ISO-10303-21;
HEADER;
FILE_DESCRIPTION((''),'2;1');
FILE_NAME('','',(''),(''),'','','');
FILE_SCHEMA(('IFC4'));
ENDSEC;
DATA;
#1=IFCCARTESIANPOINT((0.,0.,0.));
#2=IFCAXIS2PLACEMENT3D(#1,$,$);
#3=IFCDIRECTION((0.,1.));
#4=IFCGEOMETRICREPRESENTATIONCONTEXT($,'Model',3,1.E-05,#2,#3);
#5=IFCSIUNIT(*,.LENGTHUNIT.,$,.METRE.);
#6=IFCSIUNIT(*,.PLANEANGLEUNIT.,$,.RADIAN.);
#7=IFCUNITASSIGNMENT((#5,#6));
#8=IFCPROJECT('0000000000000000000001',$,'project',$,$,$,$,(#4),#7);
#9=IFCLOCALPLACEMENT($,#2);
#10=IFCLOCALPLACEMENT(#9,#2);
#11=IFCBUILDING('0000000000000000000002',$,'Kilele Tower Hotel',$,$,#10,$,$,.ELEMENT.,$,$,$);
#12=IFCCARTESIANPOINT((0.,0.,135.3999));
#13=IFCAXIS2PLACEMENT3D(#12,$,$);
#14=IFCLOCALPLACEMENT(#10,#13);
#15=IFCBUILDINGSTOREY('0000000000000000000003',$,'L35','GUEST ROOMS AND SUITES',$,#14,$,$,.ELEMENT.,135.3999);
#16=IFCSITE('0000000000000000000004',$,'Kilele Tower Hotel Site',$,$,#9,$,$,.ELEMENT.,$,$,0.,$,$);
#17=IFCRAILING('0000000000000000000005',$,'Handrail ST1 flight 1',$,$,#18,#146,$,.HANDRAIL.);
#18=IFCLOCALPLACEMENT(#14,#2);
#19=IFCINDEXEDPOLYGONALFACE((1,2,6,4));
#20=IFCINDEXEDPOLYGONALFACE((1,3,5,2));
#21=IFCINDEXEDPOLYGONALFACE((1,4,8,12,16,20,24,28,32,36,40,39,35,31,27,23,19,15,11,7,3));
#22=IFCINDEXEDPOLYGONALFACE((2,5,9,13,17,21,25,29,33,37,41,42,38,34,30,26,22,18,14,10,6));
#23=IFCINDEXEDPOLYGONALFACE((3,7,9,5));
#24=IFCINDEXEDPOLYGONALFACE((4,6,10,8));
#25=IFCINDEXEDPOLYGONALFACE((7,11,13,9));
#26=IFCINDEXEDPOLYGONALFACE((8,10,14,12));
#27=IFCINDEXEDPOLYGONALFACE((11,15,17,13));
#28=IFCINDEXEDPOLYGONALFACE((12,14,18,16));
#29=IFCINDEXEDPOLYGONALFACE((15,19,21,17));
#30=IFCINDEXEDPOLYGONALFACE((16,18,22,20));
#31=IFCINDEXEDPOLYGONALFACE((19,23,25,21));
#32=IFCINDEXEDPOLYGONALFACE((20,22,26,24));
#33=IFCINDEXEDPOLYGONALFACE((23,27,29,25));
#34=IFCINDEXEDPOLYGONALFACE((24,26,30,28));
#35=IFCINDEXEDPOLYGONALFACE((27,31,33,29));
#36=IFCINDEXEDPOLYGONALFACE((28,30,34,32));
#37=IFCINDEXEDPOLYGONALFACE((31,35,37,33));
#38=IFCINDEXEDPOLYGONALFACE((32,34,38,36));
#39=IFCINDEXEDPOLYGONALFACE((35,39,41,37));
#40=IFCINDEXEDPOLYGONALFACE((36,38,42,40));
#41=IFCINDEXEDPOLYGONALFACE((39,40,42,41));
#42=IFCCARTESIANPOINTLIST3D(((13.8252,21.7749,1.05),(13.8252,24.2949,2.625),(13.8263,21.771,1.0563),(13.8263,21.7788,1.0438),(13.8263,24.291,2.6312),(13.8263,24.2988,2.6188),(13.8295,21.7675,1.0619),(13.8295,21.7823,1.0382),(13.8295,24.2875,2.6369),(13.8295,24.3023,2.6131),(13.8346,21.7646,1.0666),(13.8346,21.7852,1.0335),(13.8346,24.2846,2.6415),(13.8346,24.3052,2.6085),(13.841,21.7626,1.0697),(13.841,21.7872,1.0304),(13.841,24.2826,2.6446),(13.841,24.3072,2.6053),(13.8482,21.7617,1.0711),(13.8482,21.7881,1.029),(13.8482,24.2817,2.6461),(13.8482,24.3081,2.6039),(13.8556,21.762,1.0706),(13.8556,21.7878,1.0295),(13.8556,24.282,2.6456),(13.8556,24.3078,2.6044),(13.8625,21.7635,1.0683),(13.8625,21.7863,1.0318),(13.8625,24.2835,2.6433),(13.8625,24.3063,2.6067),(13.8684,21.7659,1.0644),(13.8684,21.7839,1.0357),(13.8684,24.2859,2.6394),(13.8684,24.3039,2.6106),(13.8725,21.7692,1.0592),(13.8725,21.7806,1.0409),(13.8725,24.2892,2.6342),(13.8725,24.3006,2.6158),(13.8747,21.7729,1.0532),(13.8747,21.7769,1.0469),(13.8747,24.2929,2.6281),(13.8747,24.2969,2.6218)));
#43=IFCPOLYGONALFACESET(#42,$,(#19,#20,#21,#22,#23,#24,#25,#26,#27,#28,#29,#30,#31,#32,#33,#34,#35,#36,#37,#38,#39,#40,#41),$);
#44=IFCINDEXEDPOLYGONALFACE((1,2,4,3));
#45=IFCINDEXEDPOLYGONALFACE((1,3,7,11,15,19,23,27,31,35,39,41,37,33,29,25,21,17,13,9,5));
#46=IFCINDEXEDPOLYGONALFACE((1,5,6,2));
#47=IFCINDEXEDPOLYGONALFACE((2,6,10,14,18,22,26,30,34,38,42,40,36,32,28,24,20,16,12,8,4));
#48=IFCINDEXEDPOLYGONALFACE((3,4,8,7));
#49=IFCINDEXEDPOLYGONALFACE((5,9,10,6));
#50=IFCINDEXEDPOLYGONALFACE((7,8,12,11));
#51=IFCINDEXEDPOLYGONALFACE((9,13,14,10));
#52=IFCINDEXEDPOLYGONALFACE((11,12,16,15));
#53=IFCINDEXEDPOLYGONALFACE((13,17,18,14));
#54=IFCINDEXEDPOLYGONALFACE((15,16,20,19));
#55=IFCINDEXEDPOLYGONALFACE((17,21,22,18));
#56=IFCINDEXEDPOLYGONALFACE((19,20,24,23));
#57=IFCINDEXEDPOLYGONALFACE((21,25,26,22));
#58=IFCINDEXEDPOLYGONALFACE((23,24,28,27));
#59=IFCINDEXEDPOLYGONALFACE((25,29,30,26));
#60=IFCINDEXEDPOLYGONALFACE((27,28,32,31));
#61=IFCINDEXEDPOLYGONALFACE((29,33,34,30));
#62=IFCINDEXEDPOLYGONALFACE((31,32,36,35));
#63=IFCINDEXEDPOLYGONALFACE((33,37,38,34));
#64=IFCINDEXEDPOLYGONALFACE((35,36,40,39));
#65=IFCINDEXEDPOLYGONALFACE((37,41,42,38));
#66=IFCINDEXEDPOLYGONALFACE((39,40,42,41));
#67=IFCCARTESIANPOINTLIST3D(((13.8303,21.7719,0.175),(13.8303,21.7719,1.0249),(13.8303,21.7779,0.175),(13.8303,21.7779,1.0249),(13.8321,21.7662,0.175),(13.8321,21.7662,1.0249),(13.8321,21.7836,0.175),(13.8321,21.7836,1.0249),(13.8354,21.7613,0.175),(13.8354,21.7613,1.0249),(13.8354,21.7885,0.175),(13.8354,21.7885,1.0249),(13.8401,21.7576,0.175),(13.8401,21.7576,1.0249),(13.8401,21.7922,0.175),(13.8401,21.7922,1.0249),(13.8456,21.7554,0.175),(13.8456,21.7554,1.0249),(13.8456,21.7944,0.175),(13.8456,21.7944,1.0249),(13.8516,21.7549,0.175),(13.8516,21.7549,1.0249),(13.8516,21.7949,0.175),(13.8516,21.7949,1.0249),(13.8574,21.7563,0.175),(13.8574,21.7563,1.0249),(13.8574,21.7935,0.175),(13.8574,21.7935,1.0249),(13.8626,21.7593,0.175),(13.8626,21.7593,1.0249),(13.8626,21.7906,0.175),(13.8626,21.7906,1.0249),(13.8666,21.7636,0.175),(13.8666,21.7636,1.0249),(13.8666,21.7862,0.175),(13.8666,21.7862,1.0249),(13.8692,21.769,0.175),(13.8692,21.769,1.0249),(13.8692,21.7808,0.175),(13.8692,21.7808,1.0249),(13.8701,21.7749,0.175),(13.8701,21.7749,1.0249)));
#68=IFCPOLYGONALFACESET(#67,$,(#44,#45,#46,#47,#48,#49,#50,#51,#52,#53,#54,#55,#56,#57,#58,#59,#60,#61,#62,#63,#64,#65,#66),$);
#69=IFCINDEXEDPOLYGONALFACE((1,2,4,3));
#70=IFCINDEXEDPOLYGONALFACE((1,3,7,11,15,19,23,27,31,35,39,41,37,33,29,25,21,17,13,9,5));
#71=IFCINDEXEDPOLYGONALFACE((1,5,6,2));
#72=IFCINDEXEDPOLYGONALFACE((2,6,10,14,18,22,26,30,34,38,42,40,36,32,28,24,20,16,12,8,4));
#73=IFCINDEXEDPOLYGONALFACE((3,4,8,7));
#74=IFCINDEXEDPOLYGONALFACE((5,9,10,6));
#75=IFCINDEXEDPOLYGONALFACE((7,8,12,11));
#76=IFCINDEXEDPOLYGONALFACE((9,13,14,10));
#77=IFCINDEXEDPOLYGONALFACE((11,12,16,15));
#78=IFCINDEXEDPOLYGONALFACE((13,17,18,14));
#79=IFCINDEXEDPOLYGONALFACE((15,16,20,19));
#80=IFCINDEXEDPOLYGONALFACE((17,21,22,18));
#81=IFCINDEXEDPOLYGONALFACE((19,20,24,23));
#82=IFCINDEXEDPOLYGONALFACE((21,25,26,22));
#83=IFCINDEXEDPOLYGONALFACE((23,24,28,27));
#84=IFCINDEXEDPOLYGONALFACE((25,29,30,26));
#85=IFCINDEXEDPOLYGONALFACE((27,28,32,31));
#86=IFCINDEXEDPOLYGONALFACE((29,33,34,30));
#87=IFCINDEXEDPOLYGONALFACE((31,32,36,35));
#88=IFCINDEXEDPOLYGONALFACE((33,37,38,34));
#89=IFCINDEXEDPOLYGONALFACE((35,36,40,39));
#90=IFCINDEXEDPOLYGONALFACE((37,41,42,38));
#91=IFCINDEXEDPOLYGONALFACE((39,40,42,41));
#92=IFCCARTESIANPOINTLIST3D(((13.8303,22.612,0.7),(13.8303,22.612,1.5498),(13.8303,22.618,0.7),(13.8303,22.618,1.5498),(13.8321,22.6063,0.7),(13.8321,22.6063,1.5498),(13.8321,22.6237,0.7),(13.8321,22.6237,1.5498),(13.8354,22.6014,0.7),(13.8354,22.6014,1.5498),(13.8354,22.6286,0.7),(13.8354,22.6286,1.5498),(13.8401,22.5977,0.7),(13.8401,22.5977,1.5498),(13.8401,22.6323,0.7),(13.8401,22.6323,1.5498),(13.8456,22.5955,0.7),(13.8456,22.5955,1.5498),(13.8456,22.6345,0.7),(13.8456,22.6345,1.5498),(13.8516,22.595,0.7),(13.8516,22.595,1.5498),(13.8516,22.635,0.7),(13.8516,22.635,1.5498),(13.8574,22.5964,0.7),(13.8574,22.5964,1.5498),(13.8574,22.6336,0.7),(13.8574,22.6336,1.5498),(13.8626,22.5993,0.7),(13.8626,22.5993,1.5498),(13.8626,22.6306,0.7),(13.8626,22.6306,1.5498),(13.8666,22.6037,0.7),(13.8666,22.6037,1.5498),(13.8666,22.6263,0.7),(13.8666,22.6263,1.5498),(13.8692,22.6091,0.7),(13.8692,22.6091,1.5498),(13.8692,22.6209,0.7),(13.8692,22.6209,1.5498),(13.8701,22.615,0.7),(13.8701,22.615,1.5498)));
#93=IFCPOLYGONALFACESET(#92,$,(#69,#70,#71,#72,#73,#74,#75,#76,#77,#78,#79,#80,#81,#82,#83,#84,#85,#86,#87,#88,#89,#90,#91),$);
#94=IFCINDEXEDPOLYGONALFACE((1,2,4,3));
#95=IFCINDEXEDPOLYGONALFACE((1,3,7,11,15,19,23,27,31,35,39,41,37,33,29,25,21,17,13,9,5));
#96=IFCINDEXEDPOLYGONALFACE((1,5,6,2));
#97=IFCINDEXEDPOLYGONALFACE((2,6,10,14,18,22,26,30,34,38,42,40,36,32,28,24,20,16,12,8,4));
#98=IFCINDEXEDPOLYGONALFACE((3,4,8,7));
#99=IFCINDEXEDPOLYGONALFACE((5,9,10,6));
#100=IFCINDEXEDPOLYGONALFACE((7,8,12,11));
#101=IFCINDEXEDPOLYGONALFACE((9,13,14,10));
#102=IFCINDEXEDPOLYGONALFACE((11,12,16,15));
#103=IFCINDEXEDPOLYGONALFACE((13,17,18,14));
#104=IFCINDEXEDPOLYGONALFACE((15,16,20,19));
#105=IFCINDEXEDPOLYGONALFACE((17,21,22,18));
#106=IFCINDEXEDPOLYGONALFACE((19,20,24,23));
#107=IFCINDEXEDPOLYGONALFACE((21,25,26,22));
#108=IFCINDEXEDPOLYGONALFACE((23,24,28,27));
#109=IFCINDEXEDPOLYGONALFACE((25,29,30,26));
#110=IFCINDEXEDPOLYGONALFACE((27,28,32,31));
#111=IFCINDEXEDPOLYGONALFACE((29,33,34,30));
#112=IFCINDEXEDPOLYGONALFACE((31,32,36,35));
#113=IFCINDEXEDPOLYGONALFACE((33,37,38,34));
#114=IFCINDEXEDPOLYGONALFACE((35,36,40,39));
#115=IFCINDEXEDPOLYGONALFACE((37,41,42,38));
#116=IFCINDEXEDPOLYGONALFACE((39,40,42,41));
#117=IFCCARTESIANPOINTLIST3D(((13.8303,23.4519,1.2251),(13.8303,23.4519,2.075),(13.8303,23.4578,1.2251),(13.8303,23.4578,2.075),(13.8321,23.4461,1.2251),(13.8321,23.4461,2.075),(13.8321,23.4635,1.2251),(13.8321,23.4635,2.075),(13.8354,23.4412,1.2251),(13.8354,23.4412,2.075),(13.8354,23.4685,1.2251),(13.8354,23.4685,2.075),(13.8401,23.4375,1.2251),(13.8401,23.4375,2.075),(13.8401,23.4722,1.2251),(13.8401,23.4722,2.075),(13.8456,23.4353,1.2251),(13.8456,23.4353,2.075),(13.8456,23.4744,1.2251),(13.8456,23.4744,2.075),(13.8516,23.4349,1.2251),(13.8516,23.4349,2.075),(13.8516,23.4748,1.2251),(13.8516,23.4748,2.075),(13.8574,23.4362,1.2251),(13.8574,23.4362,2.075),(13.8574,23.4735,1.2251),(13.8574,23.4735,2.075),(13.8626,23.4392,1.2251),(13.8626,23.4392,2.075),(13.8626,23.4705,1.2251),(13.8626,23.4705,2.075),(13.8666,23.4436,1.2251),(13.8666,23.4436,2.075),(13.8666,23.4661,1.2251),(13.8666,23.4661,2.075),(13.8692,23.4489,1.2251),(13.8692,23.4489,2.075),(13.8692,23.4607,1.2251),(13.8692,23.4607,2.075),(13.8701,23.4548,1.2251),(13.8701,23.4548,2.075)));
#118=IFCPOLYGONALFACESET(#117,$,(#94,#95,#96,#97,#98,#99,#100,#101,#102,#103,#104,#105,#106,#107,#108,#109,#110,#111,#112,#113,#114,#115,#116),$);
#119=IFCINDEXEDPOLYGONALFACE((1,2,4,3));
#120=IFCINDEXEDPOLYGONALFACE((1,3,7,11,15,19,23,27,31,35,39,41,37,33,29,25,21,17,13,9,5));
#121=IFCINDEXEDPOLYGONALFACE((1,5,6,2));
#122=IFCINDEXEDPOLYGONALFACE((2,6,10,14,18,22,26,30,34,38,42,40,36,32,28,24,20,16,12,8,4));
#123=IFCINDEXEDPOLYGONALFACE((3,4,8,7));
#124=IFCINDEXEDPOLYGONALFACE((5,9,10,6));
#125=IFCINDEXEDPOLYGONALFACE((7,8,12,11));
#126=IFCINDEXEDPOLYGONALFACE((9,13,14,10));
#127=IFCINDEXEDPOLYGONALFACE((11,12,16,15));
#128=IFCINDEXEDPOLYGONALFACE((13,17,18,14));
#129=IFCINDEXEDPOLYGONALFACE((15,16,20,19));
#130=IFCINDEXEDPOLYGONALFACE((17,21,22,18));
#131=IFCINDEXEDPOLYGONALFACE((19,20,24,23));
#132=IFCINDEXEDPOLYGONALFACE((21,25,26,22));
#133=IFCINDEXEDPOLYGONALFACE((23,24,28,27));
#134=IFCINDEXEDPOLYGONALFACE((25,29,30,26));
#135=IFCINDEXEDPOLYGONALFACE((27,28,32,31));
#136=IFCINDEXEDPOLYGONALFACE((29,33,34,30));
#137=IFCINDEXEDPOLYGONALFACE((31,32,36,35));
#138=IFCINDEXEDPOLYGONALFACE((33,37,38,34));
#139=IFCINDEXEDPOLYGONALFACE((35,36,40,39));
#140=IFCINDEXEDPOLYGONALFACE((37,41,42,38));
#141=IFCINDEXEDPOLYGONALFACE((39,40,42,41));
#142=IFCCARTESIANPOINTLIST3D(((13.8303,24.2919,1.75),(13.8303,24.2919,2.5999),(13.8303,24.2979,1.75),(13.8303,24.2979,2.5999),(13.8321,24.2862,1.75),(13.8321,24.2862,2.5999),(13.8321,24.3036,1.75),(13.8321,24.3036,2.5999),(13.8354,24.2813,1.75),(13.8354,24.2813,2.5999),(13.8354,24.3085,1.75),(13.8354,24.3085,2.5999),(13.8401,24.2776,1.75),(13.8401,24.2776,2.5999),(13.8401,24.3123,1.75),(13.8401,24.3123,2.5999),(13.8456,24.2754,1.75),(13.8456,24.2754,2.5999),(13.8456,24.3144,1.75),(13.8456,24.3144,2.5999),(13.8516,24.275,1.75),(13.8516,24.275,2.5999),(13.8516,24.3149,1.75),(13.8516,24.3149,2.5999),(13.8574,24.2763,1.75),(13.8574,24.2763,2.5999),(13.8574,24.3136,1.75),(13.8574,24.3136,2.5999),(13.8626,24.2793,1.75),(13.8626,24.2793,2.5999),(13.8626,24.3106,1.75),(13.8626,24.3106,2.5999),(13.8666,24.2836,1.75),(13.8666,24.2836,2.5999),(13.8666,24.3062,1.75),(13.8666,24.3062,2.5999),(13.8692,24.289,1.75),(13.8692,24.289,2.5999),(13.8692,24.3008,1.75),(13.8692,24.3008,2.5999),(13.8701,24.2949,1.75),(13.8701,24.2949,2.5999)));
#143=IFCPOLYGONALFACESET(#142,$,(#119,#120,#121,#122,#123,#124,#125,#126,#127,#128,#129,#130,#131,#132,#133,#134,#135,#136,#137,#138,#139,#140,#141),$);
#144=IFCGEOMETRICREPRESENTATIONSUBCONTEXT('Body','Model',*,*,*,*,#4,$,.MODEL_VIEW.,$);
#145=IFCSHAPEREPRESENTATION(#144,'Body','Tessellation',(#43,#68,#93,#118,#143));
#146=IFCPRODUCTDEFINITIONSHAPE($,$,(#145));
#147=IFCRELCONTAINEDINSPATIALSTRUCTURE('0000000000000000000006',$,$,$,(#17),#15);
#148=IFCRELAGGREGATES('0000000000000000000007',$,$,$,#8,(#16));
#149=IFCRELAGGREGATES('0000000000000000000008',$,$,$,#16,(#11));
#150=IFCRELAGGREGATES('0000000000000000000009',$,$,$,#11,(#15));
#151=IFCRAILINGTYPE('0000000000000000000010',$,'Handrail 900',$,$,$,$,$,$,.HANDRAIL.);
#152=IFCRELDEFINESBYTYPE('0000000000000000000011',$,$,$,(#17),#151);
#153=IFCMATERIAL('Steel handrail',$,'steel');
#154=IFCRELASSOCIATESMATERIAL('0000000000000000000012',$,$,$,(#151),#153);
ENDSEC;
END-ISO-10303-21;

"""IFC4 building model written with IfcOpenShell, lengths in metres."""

from ifc_helpers import new_model, si_unit, direction, frame, origin, origin_2d, place, context, subcontext, project, spatial, circle, extrude, material, type_object, element, save


model = new_model("IFC4")

# Units and contexts
model_context = context("Model", 3, precision=1e-05, world=origin(), true_north=direction((0.0, 1.0)))
body_context = subcontext(model_context, "Body", "Model", "MODEL_VIEW")
ifc_project = project(units=[si_unit("LENGTHUNIT", "METRE"), si_unit("PLANEANGLEUNIT", "RADIAN")], contexts=[model_context])

# Site, building, storey
site_placement = place(None, origin())
site = spatial("IfcSite", under=ifc_project, at=site_placement, Name="Kilele Tower Hotel Site", CompositionType="ELEMENT", RefElevation=0.0)
building_placement = place(site_placement, origin())
building = spatial("IfcBuilding", under=site, at=building_placement, Name="Kilele Tower Hotel", CompositionType="ELEMENT")
storey_placement = place(building_placement, frame((0.0, 0.0, 135.3999)))
storey = spatial("IfcBuildingStorey", under=building, at=storey_placement, Name="L35", Description="GUEST ROOMS AND SUITES", CompositionType="ELEMENT", Elevation=135.3999)

# Railing
ifc_material_1 = material(Name="Steel handrail", Category="steel")
railing_type_1 = type_object("IfcRailingType", Name="Handrail 900", PredefinedType="HANDRAIL", material=ifc_material_1)
for number, where, name in (
    (1, (13.8501, 21.7749, 0.175), "Handrail ST1 flight 1"),
):
    element("IfcRailing", number, at=place(storey_placement, frame(where)), inside=storey, type_object=railing_type_1, Name=name, PredefinedType="HANDRAIL", context=body_context, shape_type="SweptSolid", body=[
        extrude(circle(Radius=0.0249, at=origin_2d()), frame((0.0, 0.0, 0.875), z_axis=(0.0, 0.848008, 0.529984), x_axis=(-1.0, 0.0, 0.0)), (0.0, 0.0, 1.0), 2.9717),
        extrude(circle(Radius=0.02, at=origin_2d()), origin(), (0.0, 0.0, 1.0), 0.8499),
        extrude(circle(Radius=0.02, at=origin_2d()), frame((0.0, 0.8401, 0.5249)), (0.0, 0.0, 1.0), 0.8499),
        extrude(circle(Radius=0.02, at=origin_2d()), frame((0.0, 1.6799, 1.05)), (0.0, 0.0, 1.0), 0.8499),
        extrude(circle(Radius=0.02, at=origin_2d()), frame((0.0, 2.52, 1.575)), (0.0, 0.0, 1.0), 0.8499),
    ])

save(model, "model.ifc")
